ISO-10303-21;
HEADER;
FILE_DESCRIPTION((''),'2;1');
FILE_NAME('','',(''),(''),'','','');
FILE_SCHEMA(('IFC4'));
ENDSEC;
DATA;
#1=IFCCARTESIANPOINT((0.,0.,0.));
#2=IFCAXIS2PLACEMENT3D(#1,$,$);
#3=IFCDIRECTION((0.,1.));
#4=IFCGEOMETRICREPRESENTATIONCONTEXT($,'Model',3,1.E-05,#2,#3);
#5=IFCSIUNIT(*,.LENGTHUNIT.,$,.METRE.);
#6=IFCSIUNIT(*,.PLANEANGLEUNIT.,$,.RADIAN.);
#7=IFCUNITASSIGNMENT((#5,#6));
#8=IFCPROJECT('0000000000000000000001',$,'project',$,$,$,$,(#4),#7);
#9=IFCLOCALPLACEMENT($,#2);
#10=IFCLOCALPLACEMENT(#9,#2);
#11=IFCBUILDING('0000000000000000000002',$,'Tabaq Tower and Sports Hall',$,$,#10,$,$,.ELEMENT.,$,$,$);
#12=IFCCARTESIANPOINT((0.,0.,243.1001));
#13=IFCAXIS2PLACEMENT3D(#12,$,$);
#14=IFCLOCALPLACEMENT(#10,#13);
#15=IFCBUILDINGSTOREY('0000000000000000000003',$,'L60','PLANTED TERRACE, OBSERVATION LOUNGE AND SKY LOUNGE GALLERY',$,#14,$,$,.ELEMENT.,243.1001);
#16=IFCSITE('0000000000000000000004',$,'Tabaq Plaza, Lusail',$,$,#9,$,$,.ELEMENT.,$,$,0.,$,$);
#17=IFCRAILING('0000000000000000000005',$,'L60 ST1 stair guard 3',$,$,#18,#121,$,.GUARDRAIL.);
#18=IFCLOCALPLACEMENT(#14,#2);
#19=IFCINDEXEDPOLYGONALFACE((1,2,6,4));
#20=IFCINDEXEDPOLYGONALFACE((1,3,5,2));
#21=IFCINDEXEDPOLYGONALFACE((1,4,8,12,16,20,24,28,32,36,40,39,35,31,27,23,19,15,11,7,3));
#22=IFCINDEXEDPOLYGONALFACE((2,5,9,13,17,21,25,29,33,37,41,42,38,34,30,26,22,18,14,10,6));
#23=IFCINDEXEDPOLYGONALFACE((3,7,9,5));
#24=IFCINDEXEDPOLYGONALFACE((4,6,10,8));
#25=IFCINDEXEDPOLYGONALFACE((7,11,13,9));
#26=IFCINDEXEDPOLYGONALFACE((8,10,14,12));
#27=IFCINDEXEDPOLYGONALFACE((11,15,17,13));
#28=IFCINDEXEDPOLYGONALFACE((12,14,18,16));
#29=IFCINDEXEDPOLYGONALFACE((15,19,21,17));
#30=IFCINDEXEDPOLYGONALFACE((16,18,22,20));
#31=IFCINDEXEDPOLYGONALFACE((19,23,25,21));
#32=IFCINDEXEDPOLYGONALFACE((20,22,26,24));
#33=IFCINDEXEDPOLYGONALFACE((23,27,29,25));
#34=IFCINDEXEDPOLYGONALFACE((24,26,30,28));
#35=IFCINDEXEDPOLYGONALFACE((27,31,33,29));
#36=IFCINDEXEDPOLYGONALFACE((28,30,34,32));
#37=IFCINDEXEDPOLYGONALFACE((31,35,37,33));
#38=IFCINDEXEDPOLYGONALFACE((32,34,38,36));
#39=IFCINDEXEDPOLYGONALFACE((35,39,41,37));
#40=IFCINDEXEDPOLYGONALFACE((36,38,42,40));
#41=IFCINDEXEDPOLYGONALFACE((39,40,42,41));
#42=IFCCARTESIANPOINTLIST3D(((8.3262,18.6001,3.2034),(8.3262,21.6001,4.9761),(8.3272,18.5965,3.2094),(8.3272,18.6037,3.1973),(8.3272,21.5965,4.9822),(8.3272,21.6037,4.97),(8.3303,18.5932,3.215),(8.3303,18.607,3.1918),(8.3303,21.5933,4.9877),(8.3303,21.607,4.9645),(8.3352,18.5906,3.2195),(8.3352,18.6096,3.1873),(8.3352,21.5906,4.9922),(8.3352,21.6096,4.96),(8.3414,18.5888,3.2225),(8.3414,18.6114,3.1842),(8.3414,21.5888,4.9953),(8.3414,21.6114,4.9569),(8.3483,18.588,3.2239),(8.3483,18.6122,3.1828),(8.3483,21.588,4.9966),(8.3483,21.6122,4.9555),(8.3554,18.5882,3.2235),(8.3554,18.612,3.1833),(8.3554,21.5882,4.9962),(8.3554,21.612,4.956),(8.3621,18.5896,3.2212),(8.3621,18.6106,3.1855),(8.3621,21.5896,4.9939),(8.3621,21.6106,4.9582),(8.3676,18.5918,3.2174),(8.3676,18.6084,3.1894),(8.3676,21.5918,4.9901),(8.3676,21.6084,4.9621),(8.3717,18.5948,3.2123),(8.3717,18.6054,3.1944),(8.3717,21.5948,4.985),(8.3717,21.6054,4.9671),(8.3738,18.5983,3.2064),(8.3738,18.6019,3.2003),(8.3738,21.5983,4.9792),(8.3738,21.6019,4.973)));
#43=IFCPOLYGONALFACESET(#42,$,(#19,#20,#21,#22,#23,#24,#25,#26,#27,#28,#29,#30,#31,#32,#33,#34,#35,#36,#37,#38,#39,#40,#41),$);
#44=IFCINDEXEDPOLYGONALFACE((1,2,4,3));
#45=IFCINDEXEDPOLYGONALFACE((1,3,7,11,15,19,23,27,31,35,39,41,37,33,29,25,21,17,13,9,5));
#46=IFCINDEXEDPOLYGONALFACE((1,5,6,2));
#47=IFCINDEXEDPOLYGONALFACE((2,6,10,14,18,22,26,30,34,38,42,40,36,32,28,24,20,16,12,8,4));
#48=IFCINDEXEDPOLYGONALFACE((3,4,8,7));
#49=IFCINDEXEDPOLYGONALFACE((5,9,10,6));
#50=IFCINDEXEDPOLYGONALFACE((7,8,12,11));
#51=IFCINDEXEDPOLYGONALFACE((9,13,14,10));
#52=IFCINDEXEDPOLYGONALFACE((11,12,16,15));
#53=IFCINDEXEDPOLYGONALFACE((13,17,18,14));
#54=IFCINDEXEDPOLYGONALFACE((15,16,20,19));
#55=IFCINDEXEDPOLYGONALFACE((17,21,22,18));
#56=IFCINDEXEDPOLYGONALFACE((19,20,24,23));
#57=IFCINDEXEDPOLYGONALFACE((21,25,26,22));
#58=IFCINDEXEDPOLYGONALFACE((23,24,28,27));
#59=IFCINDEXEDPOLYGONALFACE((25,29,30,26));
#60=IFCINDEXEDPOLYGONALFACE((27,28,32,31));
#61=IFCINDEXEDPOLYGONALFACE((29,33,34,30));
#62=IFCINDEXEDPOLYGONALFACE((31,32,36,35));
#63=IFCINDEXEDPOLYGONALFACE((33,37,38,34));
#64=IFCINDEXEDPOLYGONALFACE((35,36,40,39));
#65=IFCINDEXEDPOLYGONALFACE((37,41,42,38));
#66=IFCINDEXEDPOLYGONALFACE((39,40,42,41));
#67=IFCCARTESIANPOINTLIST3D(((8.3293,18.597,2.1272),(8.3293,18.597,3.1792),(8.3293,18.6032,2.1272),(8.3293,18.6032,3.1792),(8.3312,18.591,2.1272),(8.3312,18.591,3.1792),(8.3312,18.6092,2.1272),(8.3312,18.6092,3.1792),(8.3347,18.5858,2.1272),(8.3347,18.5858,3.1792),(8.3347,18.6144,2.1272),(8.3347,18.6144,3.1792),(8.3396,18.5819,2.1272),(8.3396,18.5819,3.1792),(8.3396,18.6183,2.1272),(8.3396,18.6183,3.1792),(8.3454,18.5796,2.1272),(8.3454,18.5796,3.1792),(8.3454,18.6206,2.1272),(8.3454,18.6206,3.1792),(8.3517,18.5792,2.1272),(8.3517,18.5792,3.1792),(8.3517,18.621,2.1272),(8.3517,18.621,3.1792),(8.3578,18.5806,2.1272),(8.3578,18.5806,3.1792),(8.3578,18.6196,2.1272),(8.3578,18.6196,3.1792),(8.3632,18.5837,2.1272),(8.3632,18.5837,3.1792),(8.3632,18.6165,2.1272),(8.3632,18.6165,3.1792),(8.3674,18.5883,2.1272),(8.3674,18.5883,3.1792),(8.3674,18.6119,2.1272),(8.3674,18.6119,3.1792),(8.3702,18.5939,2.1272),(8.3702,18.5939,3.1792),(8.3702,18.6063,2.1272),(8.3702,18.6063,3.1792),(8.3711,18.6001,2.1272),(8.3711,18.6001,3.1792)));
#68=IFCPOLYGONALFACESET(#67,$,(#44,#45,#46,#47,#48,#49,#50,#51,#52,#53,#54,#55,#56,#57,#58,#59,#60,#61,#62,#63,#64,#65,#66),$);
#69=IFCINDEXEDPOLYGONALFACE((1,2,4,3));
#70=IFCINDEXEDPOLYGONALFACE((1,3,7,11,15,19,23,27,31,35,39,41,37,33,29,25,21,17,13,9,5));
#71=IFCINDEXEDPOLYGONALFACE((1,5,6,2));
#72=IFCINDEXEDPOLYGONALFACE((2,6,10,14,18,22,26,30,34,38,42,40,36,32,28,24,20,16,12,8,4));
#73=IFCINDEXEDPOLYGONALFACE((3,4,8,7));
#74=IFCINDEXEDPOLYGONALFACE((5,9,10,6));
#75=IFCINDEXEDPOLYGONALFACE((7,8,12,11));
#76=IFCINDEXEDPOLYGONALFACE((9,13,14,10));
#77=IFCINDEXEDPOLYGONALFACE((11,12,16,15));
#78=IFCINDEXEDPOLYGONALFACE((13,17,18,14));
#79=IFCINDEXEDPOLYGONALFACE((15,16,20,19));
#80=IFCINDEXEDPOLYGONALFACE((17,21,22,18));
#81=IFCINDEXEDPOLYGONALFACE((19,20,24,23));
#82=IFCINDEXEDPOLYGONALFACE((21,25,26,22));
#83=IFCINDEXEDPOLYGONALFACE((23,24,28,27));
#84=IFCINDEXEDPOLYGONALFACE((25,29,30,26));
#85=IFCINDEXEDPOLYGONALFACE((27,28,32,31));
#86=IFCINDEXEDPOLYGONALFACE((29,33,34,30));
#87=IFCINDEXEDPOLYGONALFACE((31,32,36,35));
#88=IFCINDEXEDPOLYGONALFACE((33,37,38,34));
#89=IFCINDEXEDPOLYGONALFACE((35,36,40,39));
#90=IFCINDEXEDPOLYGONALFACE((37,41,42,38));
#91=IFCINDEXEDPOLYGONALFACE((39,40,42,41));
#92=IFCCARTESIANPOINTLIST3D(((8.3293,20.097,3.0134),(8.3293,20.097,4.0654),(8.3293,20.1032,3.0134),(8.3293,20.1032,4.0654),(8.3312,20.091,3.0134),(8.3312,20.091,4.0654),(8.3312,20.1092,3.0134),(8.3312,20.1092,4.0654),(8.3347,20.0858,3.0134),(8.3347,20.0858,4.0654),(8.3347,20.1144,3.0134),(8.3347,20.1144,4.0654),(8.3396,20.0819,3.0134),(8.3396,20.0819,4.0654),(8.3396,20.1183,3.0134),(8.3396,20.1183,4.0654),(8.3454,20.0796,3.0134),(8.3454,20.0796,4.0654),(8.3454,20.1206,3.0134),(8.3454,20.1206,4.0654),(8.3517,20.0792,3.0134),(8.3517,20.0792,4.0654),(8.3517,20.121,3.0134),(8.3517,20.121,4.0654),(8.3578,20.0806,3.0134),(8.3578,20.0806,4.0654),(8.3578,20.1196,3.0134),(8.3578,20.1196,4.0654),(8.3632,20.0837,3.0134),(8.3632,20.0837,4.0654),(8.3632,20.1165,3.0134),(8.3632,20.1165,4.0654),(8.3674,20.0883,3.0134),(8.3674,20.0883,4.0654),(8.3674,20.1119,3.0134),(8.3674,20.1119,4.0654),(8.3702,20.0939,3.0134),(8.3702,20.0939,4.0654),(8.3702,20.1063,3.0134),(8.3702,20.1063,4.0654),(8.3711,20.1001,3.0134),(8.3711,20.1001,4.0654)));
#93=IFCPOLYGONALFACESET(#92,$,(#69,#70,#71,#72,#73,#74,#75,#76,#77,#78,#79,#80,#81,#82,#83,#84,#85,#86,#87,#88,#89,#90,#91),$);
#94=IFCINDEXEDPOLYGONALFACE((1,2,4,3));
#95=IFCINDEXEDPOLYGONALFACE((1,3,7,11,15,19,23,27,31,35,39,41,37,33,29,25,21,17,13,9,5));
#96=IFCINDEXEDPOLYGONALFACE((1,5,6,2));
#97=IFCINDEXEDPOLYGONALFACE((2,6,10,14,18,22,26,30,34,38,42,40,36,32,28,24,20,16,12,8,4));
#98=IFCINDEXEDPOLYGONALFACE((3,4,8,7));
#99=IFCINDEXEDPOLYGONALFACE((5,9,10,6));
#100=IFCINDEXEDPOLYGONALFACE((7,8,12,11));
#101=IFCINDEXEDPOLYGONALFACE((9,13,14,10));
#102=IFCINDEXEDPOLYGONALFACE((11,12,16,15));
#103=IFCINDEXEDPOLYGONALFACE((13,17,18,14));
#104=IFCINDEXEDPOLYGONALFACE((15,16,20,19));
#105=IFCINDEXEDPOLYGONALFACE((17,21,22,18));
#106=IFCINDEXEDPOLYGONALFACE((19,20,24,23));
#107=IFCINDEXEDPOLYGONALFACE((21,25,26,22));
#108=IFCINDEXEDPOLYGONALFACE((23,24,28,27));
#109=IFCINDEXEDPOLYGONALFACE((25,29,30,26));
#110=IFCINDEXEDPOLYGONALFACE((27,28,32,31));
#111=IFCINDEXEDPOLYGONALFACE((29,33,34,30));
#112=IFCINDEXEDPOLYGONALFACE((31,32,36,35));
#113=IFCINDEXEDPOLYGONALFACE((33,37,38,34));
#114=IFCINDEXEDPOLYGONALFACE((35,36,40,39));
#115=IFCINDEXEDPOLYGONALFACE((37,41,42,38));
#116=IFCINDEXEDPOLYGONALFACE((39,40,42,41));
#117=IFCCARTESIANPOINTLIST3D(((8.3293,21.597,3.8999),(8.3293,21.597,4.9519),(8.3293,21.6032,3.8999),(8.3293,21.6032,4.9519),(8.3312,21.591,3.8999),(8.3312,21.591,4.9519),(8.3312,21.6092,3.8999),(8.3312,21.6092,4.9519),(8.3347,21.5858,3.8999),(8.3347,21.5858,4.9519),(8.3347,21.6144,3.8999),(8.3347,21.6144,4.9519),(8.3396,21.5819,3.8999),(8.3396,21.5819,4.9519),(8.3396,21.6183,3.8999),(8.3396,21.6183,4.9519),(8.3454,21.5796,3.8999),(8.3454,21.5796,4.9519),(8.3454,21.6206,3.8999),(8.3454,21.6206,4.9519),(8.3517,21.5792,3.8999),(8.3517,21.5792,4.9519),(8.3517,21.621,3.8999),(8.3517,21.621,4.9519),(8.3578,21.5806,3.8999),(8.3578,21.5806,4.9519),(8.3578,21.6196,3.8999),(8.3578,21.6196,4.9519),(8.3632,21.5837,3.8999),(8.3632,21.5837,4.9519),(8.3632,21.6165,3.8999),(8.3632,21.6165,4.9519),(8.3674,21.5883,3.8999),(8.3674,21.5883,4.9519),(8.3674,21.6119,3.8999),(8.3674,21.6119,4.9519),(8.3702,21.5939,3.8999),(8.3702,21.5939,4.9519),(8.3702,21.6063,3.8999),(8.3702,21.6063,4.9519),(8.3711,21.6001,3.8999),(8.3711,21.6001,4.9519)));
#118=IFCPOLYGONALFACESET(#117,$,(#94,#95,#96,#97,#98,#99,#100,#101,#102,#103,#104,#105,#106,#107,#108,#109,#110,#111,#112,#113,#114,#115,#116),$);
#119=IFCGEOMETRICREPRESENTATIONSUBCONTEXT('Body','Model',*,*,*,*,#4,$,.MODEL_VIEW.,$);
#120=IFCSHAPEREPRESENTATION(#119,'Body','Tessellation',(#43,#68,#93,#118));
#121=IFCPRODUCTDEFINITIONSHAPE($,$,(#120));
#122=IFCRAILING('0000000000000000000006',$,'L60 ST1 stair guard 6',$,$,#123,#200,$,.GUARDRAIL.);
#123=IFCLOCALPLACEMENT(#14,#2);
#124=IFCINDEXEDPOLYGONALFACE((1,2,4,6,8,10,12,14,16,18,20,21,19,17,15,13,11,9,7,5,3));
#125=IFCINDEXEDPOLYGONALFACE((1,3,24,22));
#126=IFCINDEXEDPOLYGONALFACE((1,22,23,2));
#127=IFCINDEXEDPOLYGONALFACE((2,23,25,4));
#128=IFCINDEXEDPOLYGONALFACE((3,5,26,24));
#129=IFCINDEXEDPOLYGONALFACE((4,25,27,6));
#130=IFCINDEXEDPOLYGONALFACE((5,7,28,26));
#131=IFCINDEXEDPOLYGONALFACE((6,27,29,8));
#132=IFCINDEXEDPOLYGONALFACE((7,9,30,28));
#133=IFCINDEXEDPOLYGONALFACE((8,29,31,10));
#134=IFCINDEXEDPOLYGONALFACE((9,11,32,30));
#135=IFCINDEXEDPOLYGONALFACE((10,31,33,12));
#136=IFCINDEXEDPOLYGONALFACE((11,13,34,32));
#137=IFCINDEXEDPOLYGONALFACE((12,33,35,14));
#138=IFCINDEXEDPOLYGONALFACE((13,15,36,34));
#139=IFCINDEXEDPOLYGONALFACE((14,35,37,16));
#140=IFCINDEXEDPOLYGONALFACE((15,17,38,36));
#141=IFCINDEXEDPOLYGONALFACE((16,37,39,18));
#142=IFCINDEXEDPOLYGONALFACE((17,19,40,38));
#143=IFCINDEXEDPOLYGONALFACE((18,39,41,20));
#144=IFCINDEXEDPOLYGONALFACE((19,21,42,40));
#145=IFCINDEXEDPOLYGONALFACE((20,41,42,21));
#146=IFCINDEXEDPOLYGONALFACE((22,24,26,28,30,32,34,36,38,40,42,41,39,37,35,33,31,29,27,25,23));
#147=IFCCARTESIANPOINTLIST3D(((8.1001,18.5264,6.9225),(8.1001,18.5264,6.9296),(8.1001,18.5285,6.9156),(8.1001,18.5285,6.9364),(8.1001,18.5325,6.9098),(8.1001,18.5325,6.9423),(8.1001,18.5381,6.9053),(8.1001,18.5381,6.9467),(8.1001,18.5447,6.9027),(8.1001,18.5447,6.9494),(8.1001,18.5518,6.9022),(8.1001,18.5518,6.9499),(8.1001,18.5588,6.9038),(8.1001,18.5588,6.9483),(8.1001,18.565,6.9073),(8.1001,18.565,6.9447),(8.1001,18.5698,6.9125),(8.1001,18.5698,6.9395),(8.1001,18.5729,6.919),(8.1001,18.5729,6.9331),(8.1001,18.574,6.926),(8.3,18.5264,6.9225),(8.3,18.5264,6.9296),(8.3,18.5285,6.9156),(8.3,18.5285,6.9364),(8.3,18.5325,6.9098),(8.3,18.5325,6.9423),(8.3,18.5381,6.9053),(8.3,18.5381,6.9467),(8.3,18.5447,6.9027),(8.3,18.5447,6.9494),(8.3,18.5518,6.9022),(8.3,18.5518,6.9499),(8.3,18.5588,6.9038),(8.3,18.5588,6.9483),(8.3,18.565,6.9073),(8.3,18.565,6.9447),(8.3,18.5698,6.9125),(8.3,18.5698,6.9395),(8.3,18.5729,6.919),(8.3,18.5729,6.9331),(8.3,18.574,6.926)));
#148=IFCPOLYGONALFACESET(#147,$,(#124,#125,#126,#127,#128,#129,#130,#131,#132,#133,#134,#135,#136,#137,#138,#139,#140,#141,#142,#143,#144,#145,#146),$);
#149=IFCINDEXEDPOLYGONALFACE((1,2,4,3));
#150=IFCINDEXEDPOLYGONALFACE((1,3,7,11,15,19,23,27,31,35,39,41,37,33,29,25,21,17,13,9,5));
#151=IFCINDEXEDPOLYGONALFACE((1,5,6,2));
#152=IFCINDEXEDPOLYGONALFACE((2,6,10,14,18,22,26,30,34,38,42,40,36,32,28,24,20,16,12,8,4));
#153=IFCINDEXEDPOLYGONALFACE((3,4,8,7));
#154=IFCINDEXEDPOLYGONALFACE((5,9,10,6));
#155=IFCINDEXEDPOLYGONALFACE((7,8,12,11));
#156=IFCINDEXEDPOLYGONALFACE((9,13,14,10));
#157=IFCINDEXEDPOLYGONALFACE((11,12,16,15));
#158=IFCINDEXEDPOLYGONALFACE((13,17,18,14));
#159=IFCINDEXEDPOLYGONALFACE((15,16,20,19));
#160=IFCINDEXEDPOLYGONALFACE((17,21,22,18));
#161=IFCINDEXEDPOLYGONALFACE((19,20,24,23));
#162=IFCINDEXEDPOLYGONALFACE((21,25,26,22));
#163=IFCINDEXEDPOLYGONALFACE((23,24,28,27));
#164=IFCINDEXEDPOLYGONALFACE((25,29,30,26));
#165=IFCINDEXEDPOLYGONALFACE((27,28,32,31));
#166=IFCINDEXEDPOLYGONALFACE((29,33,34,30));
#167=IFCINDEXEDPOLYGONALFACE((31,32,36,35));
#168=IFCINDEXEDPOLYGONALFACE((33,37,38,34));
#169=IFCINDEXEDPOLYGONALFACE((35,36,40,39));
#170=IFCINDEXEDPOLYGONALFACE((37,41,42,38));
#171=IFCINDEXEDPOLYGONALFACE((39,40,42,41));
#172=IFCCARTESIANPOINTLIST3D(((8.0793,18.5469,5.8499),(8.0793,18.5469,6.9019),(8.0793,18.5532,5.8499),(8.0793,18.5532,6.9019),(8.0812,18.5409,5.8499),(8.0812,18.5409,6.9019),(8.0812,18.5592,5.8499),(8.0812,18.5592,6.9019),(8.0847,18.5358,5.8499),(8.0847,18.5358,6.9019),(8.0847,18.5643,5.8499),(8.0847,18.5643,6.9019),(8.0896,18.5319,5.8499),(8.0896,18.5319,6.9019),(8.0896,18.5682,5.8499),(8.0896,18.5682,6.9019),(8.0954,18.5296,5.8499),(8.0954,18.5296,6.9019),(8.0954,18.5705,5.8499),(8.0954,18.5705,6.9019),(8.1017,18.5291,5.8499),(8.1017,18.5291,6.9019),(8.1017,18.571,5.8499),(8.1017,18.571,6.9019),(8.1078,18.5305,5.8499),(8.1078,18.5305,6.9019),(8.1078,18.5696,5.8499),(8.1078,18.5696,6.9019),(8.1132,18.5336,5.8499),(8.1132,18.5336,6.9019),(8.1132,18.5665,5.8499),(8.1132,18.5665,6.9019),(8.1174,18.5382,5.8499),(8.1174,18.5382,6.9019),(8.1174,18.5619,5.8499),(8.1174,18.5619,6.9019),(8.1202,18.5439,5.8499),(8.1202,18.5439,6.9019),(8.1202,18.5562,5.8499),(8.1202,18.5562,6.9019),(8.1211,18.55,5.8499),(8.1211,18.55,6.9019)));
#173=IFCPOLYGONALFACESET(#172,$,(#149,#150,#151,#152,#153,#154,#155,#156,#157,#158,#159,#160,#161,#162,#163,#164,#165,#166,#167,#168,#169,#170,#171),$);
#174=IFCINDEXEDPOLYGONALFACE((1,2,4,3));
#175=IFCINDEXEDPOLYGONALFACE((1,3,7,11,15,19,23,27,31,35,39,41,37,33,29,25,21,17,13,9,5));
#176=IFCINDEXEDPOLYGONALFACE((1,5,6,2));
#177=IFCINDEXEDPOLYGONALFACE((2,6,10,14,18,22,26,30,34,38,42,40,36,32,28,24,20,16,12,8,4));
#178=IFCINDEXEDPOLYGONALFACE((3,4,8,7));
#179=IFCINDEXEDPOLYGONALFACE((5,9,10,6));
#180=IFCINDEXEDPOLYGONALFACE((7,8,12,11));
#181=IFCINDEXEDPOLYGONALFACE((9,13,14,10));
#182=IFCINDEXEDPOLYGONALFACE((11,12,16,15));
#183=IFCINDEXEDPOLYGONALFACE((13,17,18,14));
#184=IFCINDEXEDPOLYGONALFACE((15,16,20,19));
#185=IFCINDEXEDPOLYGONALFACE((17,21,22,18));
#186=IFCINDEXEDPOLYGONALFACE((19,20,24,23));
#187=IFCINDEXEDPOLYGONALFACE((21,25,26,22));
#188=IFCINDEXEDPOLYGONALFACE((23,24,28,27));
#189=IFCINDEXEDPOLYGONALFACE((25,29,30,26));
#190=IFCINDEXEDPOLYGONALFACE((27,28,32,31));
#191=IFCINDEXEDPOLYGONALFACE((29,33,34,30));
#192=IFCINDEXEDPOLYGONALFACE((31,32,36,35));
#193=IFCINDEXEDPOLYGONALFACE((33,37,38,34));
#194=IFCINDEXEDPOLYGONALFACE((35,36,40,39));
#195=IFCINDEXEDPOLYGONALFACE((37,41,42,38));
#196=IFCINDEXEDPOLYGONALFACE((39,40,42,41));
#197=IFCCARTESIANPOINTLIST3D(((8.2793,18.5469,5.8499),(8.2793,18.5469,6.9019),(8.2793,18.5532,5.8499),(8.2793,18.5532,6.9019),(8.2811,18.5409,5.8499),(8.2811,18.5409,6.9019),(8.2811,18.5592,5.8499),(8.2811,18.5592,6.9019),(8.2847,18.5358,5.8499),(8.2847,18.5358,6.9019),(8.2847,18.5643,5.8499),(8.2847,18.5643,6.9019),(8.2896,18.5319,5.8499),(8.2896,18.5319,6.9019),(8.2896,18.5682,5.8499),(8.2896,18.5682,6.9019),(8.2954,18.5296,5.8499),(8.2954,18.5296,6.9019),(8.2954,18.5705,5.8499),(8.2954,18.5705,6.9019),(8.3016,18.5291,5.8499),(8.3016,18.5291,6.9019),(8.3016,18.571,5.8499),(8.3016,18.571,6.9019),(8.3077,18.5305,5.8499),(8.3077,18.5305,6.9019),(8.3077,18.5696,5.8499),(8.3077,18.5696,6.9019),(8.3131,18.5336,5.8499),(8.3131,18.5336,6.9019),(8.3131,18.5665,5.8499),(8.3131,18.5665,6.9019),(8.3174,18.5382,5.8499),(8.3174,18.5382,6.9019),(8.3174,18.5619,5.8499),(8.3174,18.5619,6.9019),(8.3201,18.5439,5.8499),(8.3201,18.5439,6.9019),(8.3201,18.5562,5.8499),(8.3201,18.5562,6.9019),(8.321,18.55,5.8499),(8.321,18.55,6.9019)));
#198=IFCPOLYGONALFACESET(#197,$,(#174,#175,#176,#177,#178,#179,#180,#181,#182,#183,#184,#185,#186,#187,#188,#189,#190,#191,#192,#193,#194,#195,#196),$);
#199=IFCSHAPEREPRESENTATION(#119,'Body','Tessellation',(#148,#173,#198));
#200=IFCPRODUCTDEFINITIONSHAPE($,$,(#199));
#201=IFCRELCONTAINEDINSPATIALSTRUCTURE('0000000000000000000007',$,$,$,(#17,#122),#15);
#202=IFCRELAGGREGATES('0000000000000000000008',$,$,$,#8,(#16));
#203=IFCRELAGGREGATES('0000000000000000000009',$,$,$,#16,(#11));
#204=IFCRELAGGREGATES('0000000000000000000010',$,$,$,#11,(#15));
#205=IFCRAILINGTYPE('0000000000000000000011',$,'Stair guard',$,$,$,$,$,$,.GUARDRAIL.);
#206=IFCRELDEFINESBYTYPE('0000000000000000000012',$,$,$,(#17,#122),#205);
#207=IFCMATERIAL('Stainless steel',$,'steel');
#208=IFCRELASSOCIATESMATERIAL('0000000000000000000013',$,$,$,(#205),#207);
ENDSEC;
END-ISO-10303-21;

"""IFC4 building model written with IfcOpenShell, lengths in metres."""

from ifc_helpers import new_model, si_unit, direction, frame, origin, origin_2d, place, context, subcontext, project, spatial, circle, extrude, material, type_object, element, save


model = new_model("IFC4")

# Units and contexts
model_context = context("Model", 3, precision=1e-05, world=origin(), true_north=direction((0.0, 1.0)))
body_context = subcontext(model_context, "Body", "Model", "MODEL_VIEW")
ifc_project = project(units=[si_unit("LENGTHUNIT", "METRE"), si_unit("PLANEANGLEUNIT", "RADIAN")], contexts=[model_context])

# Site, building, storey
site_placement = place(None, origin())
site = spatial("IfcSite", under=ifc_project, at=site_placement, Name="Tabaq Plaza, Lusail", CompositionType="ELEMENT", RefElevation=0.0)
building_placement = place(site_placement, origin())
building = spatial("IfcBuilding", under=site, at=building_placement, Name="Tabaq Tower and Sports Hall", CompositionType="ELEMENT")
storey_placement = place(building_placement, frame((0.0, 0.0, 243.1001)))
storey = spatial("IfcBuildingStorey", under=building, at=storey_placement, Name="L60", Description="PLANTED TERRACE, OBSERVATION LOUNGE AND SKY LOUNGE GALLERY", CompositionType="ELEMENT", Elevation=243.1001)

# Railings
ifc_material_1 = material(Name="Stainless steel", Category="steel")
railing_type_1 = type_object("IfcRailingType", Name="Stair guard", PredefinedType="GUARDRAIL", material=ifc_material_1)
railing_1_placement = place(storey_placement, frame((8.3501, 18.6001, 2.1272)))
element("IfcRailing", 1, at=railing_1_placement, inside=storey, type_object=railing_type_1, Name="L60 ST1 stair guard 3", PredefinedType="GUARDRAIL", context=body_context, shape_type="SweptSolid", body=[
    extrude(circle(Radius=0.0239, at=origin_2d()), frame((0.0, 0.0, 1.0762), z_axis=(0.0, 0.860929, 0.508725), x_axis=(-1.0, 0.0, 0.0)), (0.0, 0.0, 1.0), 3.4846),
    extrude(circle(Radius=0.021, at=origin_2d()), origin(), (0.0, 0.0, 1.0), 1.052),
    extrude(circle(Radius=0.021, at=origin_2d()), frame((0.0, 1.5, 0.8862)), (0.0, 0.0, 1.0), 1.052),
    extrude(circle(Radius=0.021, at=origin_2d()), frame((0.0, 3.0, 1.7727)), (0.0, 0.0, 1.0), 1.052),
])
railing_2_placement = place(storey_placement, frame((8.1001, 18.55, 5.8499)))
element("IfcRailing", 2, at=railing_2_placement, inside=storey, type_object=railing_type_1, Name="L60 ST1 stair guard 6", PredefinedType="GUARDRAIL", context=body_context, shape_type="SweptSolid", body=[
    extrude(circle(Radius=0.0239, at=origin_2d()), frame((0.0, 0.0, 1.0762), z_axis=(1.0, 0.0, 0.0), x_axis=(0.0, 1.0, 0.0)), (0.0, 0.0, 1.0), 0.2),
    extrude(circle(Radius=0.021, at=origin_2d()), origin(), (0.0, 0.0, 1.0), 1.052),
    extrude(circle(Radius=0.021, at=origin_2d()), frame((0.2, 0.0, 0.0)), (0.0, 0.0, 1.0), 1.052),
])

save(model, "model.ifc")
